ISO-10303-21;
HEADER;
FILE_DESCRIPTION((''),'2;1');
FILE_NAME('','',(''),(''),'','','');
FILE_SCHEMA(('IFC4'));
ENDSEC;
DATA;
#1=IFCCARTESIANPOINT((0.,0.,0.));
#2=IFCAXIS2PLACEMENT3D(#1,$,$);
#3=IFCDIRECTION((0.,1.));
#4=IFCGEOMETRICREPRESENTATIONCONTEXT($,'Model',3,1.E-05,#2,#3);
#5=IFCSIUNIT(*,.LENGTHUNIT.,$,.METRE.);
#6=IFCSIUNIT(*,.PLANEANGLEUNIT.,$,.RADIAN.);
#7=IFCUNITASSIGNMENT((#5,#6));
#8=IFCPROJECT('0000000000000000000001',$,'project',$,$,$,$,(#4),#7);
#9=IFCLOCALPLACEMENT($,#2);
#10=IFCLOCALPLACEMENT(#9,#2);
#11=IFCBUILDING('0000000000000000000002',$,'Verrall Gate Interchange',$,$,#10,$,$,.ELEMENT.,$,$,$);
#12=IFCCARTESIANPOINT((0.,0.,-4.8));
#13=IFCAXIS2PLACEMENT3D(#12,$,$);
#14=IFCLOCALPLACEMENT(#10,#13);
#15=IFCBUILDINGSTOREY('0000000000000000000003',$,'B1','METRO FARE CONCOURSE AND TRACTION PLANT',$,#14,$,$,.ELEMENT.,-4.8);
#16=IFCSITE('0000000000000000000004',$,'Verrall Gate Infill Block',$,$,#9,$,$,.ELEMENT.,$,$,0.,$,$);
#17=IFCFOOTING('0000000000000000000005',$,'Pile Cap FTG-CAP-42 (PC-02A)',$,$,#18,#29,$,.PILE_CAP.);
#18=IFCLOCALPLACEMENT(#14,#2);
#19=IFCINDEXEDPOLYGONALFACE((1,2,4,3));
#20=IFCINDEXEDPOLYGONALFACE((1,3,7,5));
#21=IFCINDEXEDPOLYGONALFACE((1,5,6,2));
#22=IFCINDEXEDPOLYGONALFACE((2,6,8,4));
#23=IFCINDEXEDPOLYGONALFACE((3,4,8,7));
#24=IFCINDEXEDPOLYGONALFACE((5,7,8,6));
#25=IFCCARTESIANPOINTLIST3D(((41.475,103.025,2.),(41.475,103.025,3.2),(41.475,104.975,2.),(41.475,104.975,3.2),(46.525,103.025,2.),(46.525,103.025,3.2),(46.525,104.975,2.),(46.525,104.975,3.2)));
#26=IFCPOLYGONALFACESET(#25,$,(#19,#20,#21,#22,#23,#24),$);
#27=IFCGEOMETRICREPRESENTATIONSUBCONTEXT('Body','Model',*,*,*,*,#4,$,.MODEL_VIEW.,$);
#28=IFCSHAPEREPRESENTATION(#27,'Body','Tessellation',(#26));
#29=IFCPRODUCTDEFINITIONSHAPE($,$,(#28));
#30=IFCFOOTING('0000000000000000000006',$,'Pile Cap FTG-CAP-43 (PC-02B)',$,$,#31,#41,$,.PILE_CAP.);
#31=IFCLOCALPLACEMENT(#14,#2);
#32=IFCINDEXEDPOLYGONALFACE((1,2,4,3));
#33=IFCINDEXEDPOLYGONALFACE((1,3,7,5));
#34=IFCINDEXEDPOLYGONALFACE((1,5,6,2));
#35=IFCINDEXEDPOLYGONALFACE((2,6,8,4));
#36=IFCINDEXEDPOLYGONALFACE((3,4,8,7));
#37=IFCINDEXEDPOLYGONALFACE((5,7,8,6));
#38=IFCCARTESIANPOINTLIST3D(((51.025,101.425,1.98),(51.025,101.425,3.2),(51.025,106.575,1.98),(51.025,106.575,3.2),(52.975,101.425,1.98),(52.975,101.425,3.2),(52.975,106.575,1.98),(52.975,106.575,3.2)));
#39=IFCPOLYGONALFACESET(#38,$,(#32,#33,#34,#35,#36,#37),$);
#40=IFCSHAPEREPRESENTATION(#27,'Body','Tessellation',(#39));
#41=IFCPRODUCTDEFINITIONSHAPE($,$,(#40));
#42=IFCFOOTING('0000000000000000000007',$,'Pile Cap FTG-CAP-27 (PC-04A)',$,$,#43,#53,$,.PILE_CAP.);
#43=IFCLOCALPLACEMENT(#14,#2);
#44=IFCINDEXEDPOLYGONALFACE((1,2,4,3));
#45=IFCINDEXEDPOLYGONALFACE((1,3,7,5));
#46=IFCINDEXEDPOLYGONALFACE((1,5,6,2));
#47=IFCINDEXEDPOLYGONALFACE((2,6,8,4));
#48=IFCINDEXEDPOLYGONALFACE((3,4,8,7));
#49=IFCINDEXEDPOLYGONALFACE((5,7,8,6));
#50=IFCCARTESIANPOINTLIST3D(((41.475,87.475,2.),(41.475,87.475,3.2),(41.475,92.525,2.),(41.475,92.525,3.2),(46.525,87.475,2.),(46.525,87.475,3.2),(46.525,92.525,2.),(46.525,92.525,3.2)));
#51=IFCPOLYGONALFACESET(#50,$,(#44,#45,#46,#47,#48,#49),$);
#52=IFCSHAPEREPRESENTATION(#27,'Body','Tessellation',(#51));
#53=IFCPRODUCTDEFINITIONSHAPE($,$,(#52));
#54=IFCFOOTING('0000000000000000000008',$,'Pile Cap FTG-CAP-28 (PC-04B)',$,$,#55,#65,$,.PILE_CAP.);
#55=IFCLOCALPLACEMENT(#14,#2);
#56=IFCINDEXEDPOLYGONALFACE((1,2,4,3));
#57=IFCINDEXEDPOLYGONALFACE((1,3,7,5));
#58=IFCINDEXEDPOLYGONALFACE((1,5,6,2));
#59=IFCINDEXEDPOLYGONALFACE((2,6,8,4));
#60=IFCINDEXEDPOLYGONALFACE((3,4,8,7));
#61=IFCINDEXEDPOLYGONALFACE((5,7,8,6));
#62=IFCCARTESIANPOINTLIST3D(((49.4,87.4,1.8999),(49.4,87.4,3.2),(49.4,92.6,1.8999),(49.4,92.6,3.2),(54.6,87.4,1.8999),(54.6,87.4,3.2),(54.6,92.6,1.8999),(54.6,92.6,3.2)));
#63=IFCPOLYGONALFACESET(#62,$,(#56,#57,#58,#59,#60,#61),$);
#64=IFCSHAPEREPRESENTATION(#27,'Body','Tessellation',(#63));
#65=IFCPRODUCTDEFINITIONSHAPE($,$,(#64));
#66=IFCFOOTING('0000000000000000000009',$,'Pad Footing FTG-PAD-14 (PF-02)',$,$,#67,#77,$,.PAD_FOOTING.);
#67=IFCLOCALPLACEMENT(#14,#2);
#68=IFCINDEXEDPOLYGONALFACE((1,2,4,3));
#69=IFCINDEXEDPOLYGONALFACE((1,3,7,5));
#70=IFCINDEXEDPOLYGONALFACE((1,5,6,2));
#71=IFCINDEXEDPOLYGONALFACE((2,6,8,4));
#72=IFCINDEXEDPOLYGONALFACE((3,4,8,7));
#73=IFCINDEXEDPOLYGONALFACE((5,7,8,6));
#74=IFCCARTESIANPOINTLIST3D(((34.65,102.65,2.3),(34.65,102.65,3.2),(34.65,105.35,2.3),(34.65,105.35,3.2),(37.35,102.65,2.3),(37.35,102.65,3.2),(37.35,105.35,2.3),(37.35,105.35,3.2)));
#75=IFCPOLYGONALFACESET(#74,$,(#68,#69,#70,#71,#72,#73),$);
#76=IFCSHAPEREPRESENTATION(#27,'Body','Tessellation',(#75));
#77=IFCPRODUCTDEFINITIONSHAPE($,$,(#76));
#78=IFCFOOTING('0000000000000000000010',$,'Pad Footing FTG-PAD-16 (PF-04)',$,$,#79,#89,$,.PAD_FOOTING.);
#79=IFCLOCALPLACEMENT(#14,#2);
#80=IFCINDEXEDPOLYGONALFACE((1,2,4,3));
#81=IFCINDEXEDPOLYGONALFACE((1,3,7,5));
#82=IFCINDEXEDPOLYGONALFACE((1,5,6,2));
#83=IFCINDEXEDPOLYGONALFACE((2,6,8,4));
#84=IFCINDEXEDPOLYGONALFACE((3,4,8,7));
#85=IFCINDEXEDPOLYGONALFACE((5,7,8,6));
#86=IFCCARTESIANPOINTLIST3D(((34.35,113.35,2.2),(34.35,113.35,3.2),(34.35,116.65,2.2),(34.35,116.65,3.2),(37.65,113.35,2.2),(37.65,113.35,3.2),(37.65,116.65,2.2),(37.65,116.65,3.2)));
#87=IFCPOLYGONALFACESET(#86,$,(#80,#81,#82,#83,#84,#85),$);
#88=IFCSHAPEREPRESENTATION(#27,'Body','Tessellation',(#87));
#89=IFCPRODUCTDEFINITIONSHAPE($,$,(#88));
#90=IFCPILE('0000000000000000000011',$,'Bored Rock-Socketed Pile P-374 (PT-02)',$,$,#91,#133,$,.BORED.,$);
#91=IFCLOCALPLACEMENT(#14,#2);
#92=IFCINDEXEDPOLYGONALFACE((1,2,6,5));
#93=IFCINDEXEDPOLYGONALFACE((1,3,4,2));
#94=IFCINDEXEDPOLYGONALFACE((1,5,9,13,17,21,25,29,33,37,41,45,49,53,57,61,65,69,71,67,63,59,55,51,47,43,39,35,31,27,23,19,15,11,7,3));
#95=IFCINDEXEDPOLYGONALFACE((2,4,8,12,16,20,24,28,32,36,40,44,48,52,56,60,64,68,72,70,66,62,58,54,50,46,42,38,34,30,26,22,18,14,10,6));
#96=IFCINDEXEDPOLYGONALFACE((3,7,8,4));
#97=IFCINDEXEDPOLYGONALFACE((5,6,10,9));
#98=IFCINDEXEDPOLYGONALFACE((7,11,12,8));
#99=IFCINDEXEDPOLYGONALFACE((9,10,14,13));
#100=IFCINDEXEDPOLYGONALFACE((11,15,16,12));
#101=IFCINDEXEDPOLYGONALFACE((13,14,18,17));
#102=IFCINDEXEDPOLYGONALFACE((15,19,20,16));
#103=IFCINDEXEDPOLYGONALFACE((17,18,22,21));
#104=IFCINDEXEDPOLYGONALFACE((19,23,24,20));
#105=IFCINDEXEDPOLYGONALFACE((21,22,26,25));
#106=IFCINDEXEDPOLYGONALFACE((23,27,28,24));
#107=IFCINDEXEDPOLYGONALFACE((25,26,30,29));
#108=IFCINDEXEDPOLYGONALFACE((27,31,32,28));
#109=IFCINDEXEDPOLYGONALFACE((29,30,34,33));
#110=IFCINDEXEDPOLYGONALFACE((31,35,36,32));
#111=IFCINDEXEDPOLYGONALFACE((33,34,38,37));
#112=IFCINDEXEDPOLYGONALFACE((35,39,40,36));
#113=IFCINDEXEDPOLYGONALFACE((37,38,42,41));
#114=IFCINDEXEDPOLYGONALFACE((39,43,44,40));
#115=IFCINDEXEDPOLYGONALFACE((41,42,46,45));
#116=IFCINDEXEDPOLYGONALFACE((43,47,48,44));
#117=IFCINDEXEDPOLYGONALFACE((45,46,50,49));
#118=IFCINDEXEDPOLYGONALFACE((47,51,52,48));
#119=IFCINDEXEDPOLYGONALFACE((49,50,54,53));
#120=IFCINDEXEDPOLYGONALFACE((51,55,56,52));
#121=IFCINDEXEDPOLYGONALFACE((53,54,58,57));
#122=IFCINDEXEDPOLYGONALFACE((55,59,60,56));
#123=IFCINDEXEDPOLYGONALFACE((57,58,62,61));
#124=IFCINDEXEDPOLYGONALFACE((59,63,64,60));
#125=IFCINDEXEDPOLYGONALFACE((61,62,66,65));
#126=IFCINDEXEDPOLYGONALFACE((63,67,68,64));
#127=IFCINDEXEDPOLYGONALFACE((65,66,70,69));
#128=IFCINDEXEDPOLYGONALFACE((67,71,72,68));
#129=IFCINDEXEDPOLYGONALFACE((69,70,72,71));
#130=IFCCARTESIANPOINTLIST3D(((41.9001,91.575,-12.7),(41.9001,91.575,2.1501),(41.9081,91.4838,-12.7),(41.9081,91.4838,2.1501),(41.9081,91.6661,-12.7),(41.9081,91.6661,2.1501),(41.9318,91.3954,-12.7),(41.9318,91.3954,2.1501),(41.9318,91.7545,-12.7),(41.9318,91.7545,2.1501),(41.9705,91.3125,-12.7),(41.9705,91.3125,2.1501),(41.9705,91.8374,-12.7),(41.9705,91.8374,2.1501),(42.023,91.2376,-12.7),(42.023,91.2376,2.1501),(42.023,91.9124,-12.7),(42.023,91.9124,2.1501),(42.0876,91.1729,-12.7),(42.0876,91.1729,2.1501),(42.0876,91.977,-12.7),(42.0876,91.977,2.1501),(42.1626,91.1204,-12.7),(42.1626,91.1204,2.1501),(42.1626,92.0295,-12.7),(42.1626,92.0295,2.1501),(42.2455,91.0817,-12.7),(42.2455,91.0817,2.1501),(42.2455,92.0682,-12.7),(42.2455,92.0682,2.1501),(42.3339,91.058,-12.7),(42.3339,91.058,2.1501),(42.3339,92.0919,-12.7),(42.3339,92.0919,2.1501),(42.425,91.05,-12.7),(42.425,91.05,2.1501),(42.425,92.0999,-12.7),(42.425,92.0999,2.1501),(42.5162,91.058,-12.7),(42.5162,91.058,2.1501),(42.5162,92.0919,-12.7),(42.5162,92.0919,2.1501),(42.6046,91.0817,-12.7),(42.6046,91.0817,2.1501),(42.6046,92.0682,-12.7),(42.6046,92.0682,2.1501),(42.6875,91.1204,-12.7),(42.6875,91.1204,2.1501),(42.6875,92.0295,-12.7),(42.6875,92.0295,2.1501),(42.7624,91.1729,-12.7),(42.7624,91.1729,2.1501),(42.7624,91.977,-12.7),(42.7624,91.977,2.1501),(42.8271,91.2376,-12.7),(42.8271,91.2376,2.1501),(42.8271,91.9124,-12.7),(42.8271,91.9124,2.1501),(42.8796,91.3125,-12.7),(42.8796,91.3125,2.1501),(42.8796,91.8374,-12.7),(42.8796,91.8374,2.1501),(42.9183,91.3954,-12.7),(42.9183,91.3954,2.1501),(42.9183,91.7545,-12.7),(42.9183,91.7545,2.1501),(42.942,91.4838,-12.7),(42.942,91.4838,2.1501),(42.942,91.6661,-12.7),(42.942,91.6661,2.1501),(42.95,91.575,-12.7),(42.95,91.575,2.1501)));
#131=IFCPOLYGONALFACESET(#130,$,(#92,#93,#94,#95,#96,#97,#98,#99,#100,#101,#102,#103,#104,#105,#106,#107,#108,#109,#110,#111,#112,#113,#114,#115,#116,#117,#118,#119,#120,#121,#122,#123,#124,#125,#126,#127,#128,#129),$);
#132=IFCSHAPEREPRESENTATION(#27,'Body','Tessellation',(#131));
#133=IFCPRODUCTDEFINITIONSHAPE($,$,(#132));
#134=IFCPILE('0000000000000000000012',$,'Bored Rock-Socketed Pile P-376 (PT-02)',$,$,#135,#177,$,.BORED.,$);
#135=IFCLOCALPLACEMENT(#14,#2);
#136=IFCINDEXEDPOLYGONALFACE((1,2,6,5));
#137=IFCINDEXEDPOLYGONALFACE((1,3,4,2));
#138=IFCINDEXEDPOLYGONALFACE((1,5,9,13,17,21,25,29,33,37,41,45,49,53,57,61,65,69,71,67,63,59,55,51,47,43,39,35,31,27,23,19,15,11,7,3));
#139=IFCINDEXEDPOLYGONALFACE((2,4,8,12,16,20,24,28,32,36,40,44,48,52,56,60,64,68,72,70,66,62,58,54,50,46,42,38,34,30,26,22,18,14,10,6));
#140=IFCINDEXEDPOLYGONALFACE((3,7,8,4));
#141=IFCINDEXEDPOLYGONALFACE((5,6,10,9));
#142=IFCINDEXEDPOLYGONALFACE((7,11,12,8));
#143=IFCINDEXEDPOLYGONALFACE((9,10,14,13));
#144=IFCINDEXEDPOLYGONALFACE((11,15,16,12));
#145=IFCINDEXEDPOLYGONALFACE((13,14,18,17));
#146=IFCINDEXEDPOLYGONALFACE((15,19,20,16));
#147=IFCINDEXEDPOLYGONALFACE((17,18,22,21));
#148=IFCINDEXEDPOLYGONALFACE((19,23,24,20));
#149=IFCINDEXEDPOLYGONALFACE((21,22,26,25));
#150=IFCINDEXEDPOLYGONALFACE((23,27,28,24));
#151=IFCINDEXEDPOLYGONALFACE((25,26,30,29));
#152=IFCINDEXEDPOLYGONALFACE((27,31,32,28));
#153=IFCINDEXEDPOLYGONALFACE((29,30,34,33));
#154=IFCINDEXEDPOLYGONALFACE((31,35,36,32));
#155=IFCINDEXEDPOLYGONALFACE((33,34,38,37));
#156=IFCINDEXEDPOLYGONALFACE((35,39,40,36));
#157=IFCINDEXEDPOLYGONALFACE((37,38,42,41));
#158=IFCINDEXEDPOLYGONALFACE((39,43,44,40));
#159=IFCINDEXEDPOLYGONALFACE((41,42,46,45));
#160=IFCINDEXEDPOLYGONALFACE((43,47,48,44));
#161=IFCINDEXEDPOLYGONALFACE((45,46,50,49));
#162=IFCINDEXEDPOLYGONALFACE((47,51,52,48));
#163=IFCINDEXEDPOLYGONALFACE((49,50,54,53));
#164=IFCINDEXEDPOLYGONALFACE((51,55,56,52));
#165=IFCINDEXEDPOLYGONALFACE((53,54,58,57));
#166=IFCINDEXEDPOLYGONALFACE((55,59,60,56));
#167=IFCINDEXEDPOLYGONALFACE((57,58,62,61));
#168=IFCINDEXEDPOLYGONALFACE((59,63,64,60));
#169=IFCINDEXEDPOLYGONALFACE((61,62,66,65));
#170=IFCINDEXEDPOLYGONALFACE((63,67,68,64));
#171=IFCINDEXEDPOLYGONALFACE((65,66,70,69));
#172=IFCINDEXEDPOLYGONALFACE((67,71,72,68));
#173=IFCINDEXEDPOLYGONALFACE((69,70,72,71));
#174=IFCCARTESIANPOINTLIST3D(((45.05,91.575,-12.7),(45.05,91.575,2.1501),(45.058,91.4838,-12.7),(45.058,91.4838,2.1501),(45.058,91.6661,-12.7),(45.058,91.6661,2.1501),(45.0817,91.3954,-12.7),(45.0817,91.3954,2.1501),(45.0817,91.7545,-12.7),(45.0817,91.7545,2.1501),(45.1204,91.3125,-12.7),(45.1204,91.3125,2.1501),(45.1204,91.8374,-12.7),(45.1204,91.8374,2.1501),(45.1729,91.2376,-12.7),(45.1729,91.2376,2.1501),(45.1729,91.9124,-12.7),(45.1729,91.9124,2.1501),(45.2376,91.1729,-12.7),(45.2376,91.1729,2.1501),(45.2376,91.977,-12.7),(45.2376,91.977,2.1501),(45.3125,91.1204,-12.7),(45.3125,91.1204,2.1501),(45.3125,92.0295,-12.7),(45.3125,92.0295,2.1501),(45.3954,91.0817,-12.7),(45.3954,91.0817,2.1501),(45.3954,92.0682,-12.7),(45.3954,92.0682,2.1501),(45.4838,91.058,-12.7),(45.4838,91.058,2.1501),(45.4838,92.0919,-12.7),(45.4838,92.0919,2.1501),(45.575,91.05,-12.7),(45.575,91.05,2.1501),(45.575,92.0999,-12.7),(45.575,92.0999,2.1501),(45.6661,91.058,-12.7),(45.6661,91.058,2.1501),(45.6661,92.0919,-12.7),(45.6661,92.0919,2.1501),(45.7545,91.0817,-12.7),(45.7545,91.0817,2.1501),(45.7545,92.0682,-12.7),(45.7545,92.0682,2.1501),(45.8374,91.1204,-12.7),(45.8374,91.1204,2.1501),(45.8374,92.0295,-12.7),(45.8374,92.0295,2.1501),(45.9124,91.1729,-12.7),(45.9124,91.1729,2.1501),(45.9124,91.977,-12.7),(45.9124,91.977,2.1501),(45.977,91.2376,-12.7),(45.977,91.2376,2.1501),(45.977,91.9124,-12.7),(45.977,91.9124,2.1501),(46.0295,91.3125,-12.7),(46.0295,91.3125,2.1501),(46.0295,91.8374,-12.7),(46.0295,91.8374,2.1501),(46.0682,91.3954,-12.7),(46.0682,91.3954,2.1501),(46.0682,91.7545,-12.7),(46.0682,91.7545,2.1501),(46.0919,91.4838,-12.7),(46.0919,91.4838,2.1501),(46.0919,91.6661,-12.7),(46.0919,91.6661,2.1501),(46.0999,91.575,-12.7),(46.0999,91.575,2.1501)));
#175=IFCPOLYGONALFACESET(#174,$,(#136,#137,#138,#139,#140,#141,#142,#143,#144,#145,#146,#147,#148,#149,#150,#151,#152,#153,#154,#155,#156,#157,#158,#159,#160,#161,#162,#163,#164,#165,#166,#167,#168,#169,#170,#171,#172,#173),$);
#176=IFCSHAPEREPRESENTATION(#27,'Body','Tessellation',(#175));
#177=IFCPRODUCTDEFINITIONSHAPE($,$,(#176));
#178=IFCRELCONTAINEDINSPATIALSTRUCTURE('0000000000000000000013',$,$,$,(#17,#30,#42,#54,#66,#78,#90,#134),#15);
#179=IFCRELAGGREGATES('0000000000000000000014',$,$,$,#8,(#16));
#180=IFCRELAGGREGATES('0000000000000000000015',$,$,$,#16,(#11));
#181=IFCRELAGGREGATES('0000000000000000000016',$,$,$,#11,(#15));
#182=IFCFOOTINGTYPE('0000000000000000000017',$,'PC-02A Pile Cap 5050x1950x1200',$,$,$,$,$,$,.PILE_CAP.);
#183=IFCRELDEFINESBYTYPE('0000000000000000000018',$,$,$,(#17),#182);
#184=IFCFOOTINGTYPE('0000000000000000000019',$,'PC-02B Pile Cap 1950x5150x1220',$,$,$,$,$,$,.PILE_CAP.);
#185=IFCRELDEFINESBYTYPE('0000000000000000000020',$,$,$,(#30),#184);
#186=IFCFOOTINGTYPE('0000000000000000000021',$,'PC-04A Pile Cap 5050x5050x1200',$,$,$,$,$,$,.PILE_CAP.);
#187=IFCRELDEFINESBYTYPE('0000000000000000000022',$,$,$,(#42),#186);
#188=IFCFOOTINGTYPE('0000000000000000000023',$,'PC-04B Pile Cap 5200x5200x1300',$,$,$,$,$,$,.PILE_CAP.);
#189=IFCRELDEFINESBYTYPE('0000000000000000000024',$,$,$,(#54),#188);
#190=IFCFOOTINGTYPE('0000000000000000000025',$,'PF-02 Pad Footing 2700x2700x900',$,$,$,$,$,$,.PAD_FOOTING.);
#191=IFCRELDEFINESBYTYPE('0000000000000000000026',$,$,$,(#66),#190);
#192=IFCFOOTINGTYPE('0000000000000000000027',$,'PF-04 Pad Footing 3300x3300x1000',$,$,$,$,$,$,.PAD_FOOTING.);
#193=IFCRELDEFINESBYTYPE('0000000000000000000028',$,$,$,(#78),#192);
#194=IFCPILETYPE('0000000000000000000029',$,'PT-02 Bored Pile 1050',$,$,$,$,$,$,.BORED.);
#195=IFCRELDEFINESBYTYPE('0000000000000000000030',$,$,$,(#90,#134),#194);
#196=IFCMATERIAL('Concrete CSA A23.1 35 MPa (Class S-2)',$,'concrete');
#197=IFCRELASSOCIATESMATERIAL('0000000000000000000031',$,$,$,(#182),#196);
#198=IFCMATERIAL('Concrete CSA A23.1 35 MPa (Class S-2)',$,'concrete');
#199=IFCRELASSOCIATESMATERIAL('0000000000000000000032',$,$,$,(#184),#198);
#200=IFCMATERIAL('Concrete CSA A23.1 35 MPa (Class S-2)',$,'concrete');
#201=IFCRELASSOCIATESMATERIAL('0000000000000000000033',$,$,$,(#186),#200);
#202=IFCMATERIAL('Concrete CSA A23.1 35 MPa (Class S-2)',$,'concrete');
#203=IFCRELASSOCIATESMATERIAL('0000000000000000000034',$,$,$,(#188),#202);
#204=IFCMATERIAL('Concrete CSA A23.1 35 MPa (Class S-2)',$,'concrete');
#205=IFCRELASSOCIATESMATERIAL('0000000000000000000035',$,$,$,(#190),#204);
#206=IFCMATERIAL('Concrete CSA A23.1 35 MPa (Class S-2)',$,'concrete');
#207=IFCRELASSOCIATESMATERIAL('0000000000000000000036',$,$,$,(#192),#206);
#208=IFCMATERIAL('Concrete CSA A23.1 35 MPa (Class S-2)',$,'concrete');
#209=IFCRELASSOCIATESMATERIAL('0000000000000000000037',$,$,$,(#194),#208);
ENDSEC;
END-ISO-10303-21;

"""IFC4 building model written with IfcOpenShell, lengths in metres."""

from ifc_helpers import new_model, si_unit, direction, frame, origin, origin_2d, place, context, subcontext, project, spatial, rectangle, circle, extrude, material, material_profile, profile_set, type_object, element, save


model = new_model("IFC4")

# Units and contexts
model_context = context("Model", 3, precision=1e-05, world=origin(), true_north=direction((0.0, 1.0)))
body_context = subcontext(model_context, "Body", "Model", "MODEL_VIEW")
ifc_project = project(units=[si_unit("LENGTHUNIT", "METRE"), si_unit("PLANEANGLEUNIT", "RADIAN")], contexts=[model_context])

# Site, building, storey
site_placement = place(None, origin())
site = spatial("IfcSite", under=ifc_project, at=site_placement, Name="Verrall Gate Infill Block", CompositionType="ELEMENT", RefElevation=0.0)
building_placement = place(site_placement, origin())
building = spatial("IfcBuilding", under=site, at=building_placement, Name="Verrall Gate Interchange", CompositionType="ELEMENT")
storey_placement = place(building_placement, frame((0.0, 0.0, -4.8)))
storey = spatial("IfcBuildingStorey", under=building, at=storey_placement, Name="B1", Description="METRO FARE CONCOURSE AND TRACTION PLANT", CompositionType="ELEMENT", Elevation=-4.8)

# Footings
ifc_material_1 = material(Name="Concrete CSA A23.1 35 MPa (Class S-2)", Category="concrete")
footing_type_1 = type_object("IfcFootingType", Name="PC-02A Pile Cap 5050x1950x1200", PredefinedType="PILE_CAP", material=ifc_material_1)
footing_1_placement = place(storey_placement, frame((44.0, 104.0, 2.0), z_axis=(0.0, 0.0, 1.0), x_axis=(1.0, 0.0, 0.0)))
element("IfcFooting", 1, at=footing_1_placement, inside=storey, type_object=footing_type_1, Name="Pile Cap FTG-CAP-42 (PC-02A)", PredefinedType="PILE_CAP", context=body_context, shape_type="SweptSolid", body=[
    extrude(rectangle(XDim=5.05, YDim=1.95, at=origin_2d()), origin(), (0.0, 0.0, 1.0), 1.2),
])
ifc_material_2 = material(Name="Concrete CSA A23.1 35 MPa (Class S-2)", Category="concrete")
footing_type_2 = type_object("IfcFootingType", Name="PC-02B Pile Cap 1950x5150x1220", PredefinedType="PILE_CAP", material=ifc_material_2)
footing_2_placement = place(storey_placement, frame((52.0, 104.0, 1.98), z_axis=(0.0, 0.0, 1.0), x_axis=(1.0, 0.0, 0.0)))
element("IfcFooting", 2, at=footing_2_placement, inside=storey, type_object=footing_type_2, Name="Pile Cap FTG-CAP-43 (PC-02B)", PredefinedType="PILE_CAP", context=body_context, shape_type="SweptSolid", body=[
    extrude(rectangle(XDim=1.95, YDim=5.1499, at=origin_2d()), origin(), (0.0, 0.0, 1.0), 1.22),
])
ifc_material_3 = material(Name="Concrete CSA A23.1 35 MPa (Class S-2)", Category="concrete")
footing_type_3 = type_object("IfcFootingType", Name="PC-04A Pile Cap 5050x5050x1200", PredefinedType="PILE_CAP", material=ifc_material_3)
footing_3_placement = place(storey_placement, frame((44.0, 90.0, 2.0), z_axis=(0.0, 0.0, 1.0), x_axis=(1.0, 0.0, 0.0)))
element("IfcFooting", 3, at=footing_3_placement, inside=storey, type_object=footing_type_3, Name="Pile Cap FTG-CAP-27 (PC-04A)", PredefinedType="PILE_CAP", context=body_context, shape_type="SweptSolid", body=[
    extrude(rectangle(XDim=5.05, YDim=5.05, at=origin_2d()), origin(), (0.0, 0.0, 1.0), 1.2),
])
ifc_material_4 = material(Name="Concrete CSA A23.1 35 MPa (Class S-2)", Category="concrete")
footing_type_4 = type_object("IfcFootingType", Name="PC-04B Pile Cap 5200x5200x1300", PredefinedType="PILE_CAP", material=ifc_material_4)
footing_4_placement = place(storey_placement, frame((52.0, 90.0, 1.8999), z_axis=(0.0, 0.0, 1.0), x_axis=(1.0, 0.0, 0.0)))
element("IfcFooting", 4, at=footing_4_placement, inside=storey, type_object=footing_type_4, Name="Pile Cap FTG-CAP-28 (PC-04B)", PredefinedType="PILE_CAP", context=body_context, shape_type="SweptSolid", body=[
    extrude(rectangle(XDim=5.2, YDim=5.2, at=origin_2d()), origin(), (0.0, 0.0, 1.0), 1.3),
])
ifc_material_5 = material(Name="Concrete CSA A23.1 35 MPa (Class S-2)", Category="concrete")
footing_type_5 = type_object("IfcFootingType", Name="PF-02 Pad Footing 2700x2700x900", PredefinedType="PAD_FOOTING", material=ifc_material_5)
footing_5_placement = place(storey_placement, frame((36.0, 104.0, 2.3), z_axis=(0.0, 0.0, 1.0), x_axis=(1.0, 0.0, 0.0)))
element("IfcFooting", 5, at=footing_5_placement, inside=storey, type_object=footing_type_5, Name="Pad Footing FTG-PAD-14 (PF-02)", PredefinedType="PAD_FOOTING", context=body_context, shape_type="SweptSolid", body=[
    extrude(rectangle(XDim=2.7, YDim=2.7, at=origin_2d()), origin(), (0.0, 0.0, 1.0), 0.8999),
])
ifc_material_6 = material(Name="Concrete CSA A23.1 35 MPa (Class S-2)", Category="concrete")
footing_type_6 = type_object("IfcFootingType", Name="PF-04 Pad Footing 3300x3300x1000", PredefinedType="PAD_FOOTING", material=ifc_material_6)
footing_6_placement = place(storey_placement, frame((36.0, 115.0, 2.2), z_axis=(0.0, 0.0, 1.0), x_axis=(1.0, 0.0, 0.0)))
element("IfcFooting", 6, at=footing_6_placement, inside=storey, type_object=footing_type_6, Name="Pad Footing FTG-PAD-16 (PF-04)", PredefinedType="PAD_FOOTING", context=body_context, shape_type="SweptSolid", body=[
    extrude(rectangle(XDim=3.3, YDim=3.3, at=origin_2d()), origin(), (0.0, 0.0, 1.0), 1.0),
])

# Piles
ifc_material_7 = material(Name="Concrete CSA A23.1 35 MPa (Class S-2)", Category="concrete")
ifc_material_profile_1 = material_profile(ifc_material_7, circle(Radius=0.5249, at=origin_2d()), Name="PILE1050D")
ifc_profile_set_1 = profile_set([ifc_material_profile_1], Name="Concrete CSA A23.1 35 MPa (Class S-2)")
pile_type = type_object("IfcPileType", Name="PT-02 Bored Pile 1050", PredefinedType="BORED", material=ifc_profile_set_1)
for number, where, z_axis, x_axis, name in (
    (7, (42.425, 91.575, 2.1501), (0.0, 0.0, -1.0), (1.0, 0.0, 0.0), "Bored Rock-Socketed Pile P-374 (PT-02)"),
    (8, (45.575, 91.575, 2.1501), (0.0, 0.0, -1.0), (1.0, 0.0, 0.0), "Bored Rock-Socketed Pile P-376 (PT-02)"),
):
    element("IfcPile", number, at=place(storey_placement, frame(where, z_axis=z_axis, x_axis=x_axis)), inside=storey, type_object=pile_type, Name=name, PredefinedType="BORED", context=body_context, shape_type="SweptSolid", body=[
        extrude(circle(Radius=0.5249, at=origin_2d()), origin(), (0.0, 0.0, 1.0), 14.8501),
    ])

save(model, "model.ifc")
